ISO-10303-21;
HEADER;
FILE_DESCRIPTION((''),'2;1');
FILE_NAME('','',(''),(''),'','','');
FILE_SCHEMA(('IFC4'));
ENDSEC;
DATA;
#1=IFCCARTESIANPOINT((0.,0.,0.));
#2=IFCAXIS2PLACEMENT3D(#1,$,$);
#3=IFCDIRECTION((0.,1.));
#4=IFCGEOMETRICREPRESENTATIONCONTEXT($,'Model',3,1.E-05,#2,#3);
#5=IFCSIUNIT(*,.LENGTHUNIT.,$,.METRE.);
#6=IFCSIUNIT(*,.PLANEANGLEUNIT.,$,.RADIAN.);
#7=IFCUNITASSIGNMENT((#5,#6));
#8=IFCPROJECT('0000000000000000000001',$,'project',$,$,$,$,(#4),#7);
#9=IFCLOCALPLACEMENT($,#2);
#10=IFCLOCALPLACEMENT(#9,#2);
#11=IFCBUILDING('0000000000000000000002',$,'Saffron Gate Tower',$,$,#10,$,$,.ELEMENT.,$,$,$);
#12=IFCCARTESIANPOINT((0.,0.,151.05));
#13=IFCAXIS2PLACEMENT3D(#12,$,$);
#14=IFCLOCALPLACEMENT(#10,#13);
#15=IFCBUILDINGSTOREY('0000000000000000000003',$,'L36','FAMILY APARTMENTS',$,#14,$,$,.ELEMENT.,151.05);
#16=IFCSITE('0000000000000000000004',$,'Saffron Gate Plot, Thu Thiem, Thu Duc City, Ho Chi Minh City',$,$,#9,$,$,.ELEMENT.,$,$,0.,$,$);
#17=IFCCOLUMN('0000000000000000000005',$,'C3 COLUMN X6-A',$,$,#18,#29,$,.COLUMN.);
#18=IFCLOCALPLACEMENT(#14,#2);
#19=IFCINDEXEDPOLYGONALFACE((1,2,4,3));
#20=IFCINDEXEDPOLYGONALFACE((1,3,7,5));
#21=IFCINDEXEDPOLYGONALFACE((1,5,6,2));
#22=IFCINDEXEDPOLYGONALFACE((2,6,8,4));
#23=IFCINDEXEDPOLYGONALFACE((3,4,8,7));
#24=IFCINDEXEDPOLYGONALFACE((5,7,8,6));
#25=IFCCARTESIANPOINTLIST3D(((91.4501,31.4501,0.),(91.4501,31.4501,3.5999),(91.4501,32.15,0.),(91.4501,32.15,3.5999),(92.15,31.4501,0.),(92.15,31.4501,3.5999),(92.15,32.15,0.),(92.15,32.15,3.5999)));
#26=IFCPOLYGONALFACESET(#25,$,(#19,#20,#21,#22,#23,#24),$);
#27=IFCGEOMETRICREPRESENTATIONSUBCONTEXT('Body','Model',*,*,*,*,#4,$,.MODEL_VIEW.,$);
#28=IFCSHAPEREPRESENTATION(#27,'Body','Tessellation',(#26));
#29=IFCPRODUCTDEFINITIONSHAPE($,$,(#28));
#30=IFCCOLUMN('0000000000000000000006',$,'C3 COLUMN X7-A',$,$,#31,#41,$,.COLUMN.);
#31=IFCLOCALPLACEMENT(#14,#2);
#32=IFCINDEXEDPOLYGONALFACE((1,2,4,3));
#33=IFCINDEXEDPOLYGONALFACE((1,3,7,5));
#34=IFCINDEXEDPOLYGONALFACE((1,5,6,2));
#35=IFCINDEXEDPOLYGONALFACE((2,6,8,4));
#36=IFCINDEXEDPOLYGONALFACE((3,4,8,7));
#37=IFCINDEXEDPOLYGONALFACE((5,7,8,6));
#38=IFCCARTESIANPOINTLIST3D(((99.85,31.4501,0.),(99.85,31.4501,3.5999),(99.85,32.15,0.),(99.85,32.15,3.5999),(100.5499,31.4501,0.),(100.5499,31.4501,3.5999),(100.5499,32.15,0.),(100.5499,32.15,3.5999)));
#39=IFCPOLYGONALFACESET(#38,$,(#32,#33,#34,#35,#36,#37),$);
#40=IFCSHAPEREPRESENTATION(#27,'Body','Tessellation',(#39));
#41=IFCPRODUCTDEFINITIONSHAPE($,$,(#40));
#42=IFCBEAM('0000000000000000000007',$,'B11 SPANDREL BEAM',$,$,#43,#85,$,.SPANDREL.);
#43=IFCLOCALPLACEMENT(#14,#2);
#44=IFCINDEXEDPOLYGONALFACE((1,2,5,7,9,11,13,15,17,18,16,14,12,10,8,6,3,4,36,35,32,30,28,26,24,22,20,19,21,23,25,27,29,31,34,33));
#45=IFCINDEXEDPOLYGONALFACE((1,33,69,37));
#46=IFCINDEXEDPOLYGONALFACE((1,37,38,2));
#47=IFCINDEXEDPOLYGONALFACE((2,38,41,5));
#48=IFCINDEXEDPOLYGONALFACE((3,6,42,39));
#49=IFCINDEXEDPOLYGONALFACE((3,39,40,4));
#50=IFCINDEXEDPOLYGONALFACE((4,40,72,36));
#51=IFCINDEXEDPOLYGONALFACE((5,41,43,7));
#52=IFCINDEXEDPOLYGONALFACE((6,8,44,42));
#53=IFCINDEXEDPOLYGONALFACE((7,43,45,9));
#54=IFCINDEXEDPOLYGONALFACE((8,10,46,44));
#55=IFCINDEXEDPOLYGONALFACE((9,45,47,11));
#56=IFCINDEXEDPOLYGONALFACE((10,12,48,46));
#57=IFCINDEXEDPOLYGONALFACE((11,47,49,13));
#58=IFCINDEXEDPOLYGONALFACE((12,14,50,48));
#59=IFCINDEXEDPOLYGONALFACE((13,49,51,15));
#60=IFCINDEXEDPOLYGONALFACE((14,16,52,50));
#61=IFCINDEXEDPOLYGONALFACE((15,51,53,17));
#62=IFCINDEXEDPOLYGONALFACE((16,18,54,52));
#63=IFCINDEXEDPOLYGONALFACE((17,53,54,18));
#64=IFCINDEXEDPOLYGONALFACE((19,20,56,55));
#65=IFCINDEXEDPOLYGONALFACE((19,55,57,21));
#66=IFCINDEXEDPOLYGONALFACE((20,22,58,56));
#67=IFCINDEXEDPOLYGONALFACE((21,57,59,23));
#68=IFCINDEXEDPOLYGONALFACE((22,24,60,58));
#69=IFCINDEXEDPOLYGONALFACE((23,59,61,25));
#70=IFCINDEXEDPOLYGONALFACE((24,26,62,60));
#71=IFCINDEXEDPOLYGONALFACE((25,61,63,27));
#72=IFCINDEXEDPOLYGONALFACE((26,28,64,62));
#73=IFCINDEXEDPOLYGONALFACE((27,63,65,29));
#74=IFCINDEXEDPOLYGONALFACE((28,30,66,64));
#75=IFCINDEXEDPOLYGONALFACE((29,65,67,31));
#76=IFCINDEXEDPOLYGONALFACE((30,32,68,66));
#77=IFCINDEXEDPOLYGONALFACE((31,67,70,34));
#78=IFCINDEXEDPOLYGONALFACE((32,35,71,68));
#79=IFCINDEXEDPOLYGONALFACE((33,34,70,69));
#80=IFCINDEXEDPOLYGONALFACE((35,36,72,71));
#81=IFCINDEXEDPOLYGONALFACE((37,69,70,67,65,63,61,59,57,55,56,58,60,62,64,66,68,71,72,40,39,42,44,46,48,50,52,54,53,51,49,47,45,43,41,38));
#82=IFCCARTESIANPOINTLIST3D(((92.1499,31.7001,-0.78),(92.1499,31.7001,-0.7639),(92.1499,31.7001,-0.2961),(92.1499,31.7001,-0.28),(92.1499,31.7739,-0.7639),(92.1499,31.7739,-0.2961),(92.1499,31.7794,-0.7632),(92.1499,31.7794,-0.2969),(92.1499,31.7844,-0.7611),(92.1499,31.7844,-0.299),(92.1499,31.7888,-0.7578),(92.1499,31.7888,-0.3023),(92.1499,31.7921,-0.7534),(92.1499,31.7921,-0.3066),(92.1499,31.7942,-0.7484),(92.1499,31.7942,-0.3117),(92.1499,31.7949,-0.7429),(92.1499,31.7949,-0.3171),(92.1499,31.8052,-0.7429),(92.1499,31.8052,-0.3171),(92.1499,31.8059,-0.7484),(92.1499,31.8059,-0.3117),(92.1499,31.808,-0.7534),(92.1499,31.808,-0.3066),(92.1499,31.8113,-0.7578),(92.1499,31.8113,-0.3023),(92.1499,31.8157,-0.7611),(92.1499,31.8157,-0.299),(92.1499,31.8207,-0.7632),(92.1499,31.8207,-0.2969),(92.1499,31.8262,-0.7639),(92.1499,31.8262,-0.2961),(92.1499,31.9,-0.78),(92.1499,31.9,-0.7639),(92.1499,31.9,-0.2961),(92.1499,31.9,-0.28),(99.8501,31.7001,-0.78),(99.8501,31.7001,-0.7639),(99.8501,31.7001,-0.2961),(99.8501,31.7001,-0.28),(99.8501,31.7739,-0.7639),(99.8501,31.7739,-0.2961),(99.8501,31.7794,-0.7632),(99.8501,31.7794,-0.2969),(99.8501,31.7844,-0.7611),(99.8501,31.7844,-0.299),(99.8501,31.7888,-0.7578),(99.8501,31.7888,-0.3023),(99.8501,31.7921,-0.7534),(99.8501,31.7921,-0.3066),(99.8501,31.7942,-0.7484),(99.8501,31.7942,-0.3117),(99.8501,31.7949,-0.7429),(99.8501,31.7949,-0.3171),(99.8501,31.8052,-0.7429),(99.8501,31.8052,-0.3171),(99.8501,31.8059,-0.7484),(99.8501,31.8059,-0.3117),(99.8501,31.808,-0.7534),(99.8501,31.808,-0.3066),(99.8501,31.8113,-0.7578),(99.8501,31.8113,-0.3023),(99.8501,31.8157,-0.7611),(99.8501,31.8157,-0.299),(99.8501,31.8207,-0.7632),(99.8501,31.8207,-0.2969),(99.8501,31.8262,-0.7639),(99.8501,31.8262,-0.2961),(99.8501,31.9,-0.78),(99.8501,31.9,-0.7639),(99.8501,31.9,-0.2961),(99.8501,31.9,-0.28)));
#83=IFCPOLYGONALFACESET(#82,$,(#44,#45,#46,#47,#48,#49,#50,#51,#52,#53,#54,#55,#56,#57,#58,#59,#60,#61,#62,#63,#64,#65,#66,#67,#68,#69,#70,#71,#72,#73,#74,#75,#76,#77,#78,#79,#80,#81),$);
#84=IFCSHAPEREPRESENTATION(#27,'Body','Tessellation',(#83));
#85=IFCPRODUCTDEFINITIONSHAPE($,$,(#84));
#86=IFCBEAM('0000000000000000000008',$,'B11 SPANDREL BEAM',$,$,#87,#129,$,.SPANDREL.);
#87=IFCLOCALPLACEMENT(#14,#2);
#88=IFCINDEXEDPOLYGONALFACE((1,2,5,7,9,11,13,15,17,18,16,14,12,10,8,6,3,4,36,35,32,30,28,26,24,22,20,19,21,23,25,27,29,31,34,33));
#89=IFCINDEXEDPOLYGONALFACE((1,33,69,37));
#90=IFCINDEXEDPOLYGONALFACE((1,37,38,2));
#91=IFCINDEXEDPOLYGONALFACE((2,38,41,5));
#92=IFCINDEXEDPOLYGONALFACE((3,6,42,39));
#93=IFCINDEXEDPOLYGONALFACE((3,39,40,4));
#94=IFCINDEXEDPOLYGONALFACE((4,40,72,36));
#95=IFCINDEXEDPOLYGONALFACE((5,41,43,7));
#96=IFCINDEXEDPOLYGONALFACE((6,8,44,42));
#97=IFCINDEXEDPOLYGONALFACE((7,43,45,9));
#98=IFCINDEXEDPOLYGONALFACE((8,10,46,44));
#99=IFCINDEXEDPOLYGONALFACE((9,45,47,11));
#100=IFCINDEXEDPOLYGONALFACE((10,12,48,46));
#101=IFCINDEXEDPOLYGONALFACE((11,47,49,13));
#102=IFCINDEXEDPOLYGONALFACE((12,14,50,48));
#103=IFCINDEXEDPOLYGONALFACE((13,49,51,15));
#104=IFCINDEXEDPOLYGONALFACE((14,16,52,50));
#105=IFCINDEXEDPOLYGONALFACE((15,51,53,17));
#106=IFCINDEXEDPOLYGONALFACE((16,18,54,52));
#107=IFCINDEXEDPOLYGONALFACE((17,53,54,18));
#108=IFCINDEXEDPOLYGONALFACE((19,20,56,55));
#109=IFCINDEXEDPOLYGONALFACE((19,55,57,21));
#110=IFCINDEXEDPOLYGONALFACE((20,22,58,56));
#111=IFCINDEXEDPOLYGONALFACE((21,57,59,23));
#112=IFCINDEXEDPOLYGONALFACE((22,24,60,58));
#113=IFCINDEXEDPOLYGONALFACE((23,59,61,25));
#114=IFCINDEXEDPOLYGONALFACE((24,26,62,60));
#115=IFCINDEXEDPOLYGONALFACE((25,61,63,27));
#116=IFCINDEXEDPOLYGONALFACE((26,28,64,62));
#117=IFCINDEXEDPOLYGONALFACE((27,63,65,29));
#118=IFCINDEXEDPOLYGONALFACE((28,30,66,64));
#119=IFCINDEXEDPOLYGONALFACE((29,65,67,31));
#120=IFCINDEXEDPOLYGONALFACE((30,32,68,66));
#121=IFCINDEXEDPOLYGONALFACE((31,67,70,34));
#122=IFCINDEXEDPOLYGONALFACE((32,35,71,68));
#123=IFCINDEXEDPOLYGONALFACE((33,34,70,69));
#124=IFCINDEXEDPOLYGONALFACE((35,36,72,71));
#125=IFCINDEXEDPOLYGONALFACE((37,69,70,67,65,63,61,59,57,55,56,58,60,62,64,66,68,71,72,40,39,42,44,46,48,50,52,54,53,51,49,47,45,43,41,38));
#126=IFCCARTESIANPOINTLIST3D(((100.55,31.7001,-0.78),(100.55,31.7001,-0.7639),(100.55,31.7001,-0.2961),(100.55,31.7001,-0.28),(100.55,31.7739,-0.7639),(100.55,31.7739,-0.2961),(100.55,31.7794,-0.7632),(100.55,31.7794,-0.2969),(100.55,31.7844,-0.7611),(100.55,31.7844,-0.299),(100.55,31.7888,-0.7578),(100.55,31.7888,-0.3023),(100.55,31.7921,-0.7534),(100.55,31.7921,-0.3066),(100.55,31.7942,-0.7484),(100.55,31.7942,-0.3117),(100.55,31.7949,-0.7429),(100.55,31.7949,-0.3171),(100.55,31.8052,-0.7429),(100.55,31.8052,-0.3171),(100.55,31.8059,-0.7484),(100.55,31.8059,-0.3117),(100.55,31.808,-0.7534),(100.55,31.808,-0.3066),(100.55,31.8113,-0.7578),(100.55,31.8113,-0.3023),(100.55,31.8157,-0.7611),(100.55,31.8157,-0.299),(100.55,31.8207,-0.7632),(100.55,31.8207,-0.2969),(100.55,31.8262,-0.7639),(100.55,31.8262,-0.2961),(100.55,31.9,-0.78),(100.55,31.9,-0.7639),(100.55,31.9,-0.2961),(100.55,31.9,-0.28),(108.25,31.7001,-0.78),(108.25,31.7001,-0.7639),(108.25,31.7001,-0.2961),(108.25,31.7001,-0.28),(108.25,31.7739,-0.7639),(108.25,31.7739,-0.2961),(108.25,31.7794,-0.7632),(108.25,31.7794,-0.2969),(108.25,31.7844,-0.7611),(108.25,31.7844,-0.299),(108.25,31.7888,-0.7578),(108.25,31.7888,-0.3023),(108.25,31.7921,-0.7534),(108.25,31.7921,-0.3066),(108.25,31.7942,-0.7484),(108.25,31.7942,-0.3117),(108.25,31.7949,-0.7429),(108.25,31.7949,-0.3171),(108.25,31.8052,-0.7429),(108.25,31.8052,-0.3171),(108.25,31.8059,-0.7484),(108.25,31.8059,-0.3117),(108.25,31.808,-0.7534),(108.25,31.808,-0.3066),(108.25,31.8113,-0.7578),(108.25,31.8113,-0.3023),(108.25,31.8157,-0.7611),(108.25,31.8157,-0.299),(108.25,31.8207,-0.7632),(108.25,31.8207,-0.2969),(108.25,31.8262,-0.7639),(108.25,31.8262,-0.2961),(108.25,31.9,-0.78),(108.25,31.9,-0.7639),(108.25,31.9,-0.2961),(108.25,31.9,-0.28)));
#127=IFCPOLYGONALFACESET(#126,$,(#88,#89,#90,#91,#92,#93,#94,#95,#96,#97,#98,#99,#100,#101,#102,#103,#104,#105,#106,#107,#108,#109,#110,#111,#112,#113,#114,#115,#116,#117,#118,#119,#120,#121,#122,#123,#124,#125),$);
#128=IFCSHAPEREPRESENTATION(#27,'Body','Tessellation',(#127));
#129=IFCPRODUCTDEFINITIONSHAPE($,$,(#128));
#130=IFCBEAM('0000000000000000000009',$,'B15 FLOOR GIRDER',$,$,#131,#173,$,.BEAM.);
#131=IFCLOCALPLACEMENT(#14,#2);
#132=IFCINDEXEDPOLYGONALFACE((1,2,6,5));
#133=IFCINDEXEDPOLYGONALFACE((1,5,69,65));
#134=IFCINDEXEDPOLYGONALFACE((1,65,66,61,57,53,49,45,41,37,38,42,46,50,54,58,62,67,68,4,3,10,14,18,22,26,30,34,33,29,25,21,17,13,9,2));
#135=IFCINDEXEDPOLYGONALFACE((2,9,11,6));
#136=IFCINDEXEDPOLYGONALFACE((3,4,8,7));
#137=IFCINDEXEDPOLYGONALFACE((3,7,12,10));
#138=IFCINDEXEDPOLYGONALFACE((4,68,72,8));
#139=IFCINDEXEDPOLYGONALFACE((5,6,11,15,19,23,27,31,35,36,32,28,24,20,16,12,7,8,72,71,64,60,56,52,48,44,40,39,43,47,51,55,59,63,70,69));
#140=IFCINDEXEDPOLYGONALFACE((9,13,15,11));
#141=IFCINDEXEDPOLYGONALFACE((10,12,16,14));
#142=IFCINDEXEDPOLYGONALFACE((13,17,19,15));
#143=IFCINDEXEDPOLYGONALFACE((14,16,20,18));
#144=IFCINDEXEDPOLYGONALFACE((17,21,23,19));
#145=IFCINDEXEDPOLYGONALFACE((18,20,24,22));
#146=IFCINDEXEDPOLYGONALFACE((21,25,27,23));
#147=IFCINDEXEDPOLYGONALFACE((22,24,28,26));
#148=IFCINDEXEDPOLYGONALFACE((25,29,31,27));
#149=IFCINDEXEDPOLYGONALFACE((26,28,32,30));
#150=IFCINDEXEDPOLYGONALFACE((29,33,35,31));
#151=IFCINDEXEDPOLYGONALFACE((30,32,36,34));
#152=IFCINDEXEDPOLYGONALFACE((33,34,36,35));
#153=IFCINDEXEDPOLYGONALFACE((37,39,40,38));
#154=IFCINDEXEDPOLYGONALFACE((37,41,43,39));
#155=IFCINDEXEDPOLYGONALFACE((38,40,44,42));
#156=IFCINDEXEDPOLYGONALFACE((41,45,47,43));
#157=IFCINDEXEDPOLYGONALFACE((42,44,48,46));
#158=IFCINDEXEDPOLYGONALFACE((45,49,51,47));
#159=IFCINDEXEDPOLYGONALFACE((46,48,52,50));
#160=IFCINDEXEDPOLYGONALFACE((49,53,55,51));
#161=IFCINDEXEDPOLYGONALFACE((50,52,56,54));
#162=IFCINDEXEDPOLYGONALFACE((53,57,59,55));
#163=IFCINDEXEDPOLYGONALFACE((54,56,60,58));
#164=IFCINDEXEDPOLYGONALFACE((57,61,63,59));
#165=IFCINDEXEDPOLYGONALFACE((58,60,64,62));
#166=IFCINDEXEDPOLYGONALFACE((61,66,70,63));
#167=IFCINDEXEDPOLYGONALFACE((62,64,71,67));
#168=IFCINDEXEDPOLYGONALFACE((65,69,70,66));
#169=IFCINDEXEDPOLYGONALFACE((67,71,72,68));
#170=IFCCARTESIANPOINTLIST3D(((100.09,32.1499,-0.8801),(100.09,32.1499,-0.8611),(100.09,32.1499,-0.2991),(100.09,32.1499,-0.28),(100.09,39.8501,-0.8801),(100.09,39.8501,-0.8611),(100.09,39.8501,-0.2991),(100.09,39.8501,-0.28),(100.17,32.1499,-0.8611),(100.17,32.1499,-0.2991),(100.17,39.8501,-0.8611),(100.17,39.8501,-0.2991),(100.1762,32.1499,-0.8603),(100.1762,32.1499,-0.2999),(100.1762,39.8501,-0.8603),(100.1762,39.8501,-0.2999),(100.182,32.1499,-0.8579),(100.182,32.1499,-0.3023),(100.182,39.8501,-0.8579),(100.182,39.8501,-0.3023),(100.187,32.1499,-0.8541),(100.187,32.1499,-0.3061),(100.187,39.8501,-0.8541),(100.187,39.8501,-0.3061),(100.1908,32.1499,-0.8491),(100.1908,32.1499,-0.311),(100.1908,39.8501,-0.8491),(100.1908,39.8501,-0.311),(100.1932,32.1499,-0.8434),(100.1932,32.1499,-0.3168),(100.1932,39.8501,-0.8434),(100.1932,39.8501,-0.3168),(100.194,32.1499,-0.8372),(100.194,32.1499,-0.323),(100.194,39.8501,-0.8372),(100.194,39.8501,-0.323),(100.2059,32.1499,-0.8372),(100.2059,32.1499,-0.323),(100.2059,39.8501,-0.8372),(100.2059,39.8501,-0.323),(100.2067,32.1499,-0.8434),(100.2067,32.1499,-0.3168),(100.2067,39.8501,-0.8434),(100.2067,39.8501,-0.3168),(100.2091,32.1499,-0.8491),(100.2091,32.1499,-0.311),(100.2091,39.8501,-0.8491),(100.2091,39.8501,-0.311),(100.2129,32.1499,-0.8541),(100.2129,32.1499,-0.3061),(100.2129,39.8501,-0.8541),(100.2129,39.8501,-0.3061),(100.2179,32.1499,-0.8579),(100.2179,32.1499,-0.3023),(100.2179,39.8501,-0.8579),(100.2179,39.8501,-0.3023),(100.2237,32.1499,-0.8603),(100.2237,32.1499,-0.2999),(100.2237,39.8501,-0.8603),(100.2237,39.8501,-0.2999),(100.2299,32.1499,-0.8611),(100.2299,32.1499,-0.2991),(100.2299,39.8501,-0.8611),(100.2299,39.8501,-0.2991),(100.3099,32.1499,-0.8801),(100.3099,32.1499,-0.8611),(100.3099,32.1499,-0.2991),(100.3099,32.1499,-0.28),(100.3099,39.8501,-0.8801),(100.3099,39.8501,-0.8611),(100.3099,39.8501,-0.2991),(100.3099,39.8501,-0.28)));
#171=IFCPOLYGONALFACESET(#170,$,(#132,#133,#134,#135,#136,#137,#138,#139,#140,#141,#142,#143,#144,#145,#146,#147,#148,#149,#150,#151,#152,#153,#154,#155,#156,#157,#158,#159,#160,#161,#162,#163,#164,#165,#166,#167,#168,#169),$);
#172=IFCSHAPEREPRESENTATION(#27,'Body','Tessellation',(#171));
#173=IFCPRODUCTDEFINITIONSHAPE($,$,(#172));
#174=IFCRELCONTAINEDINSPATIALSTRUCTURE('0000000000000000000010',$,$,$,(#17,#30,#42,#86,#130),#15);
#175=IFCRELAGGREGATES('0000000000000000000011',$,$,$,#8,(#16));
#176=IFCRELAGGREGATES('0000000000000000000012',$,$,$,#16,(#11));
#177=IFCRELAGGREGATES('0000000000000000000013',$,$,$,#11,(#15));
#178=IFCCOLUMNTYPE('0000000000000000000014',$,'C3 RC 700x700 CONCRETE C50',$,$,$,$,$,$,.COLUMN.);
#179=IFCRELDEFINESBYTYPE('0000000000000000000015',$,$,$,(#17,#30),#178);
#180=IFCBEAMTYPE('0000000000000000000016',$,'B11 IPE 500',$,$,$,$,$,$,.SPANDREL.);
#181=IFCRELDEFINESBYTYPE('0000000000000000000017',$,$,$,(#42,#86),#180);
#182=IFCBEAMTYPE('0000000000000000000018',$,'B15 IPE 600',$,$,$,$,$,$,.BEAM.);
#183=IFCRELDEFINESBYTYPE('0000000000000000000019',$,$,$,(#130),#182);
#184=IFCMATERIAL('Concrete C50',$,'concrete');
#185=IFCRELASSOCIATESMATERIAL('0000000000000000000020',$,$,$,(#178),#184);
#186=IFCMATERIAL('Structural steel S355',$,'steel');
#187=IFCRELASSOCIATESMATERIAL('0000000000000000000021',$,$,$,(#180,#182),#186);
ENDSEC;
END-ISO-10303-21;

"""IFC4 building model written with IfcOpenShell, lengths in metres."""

from ifc_helpers import new_model, si_unit, direction, frame, origin, origin_2d, place, context, subcontext, project, spatial, rectangle, i_section, extrude, material, material_profile, profile_set, type_object, element, save


model = new_model("IFC4")

# Units and contexts
model_context = context("Model", 3, precision=1e-05, world=origin(), true_north=direction((0.0, 1.0)))
body_context = subcontext(model_context, "Body", "Model", "MODEL_VIEW")
ifc_project = project(units=[si_unit("LENGTHUNIT", "METRE"), si_unit("PLANEANGLEUNIT", "RADIAN")], contexts=[model_context])

# Site, building, storey
site_placement = place(None, origin())
site = spatial("IfcSite", under=ifc_project, at=site_placement, Name="Saffron Gate Plot, Thu Thiem, Thu Duc City, Ho Chi Minh City", CompositionType="ELEMENT", RefElevation=0.0)
building_placement = place(site_placement, origin())
building = spatial("IfcBuilding", under=site, at=building_placement, Name="Saffron Gate Tower", CompositionType="ELEMENT")
storey_placement = place(building_placement, frame((0.0, 0.0, 151.05)))
storey = spatial("IfcBuildingStorey", under=building, at=storey_placement, Name="L36", Description="FAMILY APARTMENTS", CompositionType="ELEMENT", Elevation=151.05)

# Columns
ifc_material_1 = material(Name="Concrete C50", Category="concrete")
ifc_material_profile_1 = material_profile(ifc_material_1, rectangle(XDim=0.7, YDim=0.7, at=origin_2d()))
ifc_profile_set_1 = profile_set([ifc_material_profile_1], Name="Concrete C50")
column_type = type_object("IfcColumnType", Name="C3 RC 700x700 CONCRETE C50", PredefinedType="COLUMN", material=ifc_profile_set_1)
for number, where, z_axis, x_axis, name in (
    (1, (91.8, 31.8, 0.0), (0.0, 0.0, 1.0), (1.0, 0.0, 0.0), "C3 COLUMN X6-A"),
    (2, (100.2, 31.8, 0.0), (0.0, 0.0, 1.0), (1.0, 0.0, 0.0), "C3 COLUMN X7-A"),
):
    element("IfcColumn", number, at=place(storey_placement, frame(where, z_axis=z_axis, x_axis=x_axis)), inside=storey, type_object=column_type, Name=name, PredefinedType="COLUMN", context=body_context, shape_type="SweptSolid", body=[
        extrude(rectangle(XDim=0.7, YDim=0.7, at=origin_2d()), origin(), (0.0, 0.0, 1.0), 3.5999),
    ])

# Beams
ifc_material_2 = material(Name="Structural steel S355", Category="steel")
ifc_material_profile_2 = material_profile(ifc_material_2, i_section(OverallWidth=0.2, OverallDepth=0.5, WebThickness=0.0103, FlangeThickness=0.0161, FilletRadius=0.021, at=origin_2d()))
ifc_profile_set_2 = profile_set([ifc_material_profile_2], Name="Structural steel S355")
beam_type_1 = type_object("IfcBeamType", Name="B11 IPE 500", PredefinedType="SPANDREL", material=ifc_profile_set_2)
beam_1_placement = place(storey_placement, frame((92.1499, 31.8, -0.53), z_axis=(1.0, 0.0, 0.0), x_axis=(0.0, 1.0, 0.0)))
element("IfcBeam", 3, at=beam_1_placement, inside=storey, type_object=beam_type_1, Name="B11 SPANDREL BEAM", PredefinedType="SPANDREL", context=body_context, shape_type="SweptSolid", body=[
    extrude(i_section(OverallWidth=0.2, OverallDepth=0.5, WebThickness=0.0103, FlangeThickness=0.0161, FilletRadius=0.021, at=origin_2d()), origin(), (0.0, 0.0, 1.0), 7.7002),
])
beam_2_placement = place(storey_placement, frame((100.55, 31.8, -0.53), z_axis=(1.0, 0.0, 0.0), x_axis=(0.0, 1.0, 0.0)))
element("IfcBeam", 4, at=beam_2_placement, inside=storey, type_object=beam_type_1, Name="B11 SPANDREL BEAM", PredefinedType="SPANDREL", context=body_context, shape_type="SweptSolid", body=[
    extrude(i_section(OverallWidth=0.2, OverallDepth=0.5, WebThickness=0.0103, FlangeThickness=0.0161, FilletRadius=0.021, at=origin_2d()), origin(), (0.0, 0.0, 1.0), 7.7),
])
ifc_material_profile_3 = material_profile(ifc_material_2, i_section(OverallWidth=0.22, OverallDepth=0.6001, WebThickness=0.012, FlangeThickness=0.019, FilletRadius=0.0239, at=origin_2d()))
ifc_profile_set_3 = profile_set([ifc_material_profile_3], Name="Structural steel S355")
beam_type_2 = type_object("IfcBeamType", Name="B15 IPE 600", PredefinedType="BEAM", material=ifc_profile_set_3)
beam_3_placement = place(storey_placement, frame((100.2, 32.1499, -0.5801), z_axis=(0.0, 1.0, 0.0), x_axis=(-1.0, 0.0, 0.0)))
element("IfcBeam", 5, at=beam_3_placement, inside=storey, type_object=beam_type_2, Name="B15 FLOOR GIRDER", PredefinedType="BEAM", context=body_context, shape_type="SweptSolid", body=[
    extrude(i_section(OverallWidth=0.22, OverallDepth=0.6001, WebThickness=0.012, FlangeThickness=0.019, FilletRadius=0.0239, at=origin_2d()), origin(), (0.0, 0.0, 1.0), 7.7002),
])

save(model, "model.ifc")
